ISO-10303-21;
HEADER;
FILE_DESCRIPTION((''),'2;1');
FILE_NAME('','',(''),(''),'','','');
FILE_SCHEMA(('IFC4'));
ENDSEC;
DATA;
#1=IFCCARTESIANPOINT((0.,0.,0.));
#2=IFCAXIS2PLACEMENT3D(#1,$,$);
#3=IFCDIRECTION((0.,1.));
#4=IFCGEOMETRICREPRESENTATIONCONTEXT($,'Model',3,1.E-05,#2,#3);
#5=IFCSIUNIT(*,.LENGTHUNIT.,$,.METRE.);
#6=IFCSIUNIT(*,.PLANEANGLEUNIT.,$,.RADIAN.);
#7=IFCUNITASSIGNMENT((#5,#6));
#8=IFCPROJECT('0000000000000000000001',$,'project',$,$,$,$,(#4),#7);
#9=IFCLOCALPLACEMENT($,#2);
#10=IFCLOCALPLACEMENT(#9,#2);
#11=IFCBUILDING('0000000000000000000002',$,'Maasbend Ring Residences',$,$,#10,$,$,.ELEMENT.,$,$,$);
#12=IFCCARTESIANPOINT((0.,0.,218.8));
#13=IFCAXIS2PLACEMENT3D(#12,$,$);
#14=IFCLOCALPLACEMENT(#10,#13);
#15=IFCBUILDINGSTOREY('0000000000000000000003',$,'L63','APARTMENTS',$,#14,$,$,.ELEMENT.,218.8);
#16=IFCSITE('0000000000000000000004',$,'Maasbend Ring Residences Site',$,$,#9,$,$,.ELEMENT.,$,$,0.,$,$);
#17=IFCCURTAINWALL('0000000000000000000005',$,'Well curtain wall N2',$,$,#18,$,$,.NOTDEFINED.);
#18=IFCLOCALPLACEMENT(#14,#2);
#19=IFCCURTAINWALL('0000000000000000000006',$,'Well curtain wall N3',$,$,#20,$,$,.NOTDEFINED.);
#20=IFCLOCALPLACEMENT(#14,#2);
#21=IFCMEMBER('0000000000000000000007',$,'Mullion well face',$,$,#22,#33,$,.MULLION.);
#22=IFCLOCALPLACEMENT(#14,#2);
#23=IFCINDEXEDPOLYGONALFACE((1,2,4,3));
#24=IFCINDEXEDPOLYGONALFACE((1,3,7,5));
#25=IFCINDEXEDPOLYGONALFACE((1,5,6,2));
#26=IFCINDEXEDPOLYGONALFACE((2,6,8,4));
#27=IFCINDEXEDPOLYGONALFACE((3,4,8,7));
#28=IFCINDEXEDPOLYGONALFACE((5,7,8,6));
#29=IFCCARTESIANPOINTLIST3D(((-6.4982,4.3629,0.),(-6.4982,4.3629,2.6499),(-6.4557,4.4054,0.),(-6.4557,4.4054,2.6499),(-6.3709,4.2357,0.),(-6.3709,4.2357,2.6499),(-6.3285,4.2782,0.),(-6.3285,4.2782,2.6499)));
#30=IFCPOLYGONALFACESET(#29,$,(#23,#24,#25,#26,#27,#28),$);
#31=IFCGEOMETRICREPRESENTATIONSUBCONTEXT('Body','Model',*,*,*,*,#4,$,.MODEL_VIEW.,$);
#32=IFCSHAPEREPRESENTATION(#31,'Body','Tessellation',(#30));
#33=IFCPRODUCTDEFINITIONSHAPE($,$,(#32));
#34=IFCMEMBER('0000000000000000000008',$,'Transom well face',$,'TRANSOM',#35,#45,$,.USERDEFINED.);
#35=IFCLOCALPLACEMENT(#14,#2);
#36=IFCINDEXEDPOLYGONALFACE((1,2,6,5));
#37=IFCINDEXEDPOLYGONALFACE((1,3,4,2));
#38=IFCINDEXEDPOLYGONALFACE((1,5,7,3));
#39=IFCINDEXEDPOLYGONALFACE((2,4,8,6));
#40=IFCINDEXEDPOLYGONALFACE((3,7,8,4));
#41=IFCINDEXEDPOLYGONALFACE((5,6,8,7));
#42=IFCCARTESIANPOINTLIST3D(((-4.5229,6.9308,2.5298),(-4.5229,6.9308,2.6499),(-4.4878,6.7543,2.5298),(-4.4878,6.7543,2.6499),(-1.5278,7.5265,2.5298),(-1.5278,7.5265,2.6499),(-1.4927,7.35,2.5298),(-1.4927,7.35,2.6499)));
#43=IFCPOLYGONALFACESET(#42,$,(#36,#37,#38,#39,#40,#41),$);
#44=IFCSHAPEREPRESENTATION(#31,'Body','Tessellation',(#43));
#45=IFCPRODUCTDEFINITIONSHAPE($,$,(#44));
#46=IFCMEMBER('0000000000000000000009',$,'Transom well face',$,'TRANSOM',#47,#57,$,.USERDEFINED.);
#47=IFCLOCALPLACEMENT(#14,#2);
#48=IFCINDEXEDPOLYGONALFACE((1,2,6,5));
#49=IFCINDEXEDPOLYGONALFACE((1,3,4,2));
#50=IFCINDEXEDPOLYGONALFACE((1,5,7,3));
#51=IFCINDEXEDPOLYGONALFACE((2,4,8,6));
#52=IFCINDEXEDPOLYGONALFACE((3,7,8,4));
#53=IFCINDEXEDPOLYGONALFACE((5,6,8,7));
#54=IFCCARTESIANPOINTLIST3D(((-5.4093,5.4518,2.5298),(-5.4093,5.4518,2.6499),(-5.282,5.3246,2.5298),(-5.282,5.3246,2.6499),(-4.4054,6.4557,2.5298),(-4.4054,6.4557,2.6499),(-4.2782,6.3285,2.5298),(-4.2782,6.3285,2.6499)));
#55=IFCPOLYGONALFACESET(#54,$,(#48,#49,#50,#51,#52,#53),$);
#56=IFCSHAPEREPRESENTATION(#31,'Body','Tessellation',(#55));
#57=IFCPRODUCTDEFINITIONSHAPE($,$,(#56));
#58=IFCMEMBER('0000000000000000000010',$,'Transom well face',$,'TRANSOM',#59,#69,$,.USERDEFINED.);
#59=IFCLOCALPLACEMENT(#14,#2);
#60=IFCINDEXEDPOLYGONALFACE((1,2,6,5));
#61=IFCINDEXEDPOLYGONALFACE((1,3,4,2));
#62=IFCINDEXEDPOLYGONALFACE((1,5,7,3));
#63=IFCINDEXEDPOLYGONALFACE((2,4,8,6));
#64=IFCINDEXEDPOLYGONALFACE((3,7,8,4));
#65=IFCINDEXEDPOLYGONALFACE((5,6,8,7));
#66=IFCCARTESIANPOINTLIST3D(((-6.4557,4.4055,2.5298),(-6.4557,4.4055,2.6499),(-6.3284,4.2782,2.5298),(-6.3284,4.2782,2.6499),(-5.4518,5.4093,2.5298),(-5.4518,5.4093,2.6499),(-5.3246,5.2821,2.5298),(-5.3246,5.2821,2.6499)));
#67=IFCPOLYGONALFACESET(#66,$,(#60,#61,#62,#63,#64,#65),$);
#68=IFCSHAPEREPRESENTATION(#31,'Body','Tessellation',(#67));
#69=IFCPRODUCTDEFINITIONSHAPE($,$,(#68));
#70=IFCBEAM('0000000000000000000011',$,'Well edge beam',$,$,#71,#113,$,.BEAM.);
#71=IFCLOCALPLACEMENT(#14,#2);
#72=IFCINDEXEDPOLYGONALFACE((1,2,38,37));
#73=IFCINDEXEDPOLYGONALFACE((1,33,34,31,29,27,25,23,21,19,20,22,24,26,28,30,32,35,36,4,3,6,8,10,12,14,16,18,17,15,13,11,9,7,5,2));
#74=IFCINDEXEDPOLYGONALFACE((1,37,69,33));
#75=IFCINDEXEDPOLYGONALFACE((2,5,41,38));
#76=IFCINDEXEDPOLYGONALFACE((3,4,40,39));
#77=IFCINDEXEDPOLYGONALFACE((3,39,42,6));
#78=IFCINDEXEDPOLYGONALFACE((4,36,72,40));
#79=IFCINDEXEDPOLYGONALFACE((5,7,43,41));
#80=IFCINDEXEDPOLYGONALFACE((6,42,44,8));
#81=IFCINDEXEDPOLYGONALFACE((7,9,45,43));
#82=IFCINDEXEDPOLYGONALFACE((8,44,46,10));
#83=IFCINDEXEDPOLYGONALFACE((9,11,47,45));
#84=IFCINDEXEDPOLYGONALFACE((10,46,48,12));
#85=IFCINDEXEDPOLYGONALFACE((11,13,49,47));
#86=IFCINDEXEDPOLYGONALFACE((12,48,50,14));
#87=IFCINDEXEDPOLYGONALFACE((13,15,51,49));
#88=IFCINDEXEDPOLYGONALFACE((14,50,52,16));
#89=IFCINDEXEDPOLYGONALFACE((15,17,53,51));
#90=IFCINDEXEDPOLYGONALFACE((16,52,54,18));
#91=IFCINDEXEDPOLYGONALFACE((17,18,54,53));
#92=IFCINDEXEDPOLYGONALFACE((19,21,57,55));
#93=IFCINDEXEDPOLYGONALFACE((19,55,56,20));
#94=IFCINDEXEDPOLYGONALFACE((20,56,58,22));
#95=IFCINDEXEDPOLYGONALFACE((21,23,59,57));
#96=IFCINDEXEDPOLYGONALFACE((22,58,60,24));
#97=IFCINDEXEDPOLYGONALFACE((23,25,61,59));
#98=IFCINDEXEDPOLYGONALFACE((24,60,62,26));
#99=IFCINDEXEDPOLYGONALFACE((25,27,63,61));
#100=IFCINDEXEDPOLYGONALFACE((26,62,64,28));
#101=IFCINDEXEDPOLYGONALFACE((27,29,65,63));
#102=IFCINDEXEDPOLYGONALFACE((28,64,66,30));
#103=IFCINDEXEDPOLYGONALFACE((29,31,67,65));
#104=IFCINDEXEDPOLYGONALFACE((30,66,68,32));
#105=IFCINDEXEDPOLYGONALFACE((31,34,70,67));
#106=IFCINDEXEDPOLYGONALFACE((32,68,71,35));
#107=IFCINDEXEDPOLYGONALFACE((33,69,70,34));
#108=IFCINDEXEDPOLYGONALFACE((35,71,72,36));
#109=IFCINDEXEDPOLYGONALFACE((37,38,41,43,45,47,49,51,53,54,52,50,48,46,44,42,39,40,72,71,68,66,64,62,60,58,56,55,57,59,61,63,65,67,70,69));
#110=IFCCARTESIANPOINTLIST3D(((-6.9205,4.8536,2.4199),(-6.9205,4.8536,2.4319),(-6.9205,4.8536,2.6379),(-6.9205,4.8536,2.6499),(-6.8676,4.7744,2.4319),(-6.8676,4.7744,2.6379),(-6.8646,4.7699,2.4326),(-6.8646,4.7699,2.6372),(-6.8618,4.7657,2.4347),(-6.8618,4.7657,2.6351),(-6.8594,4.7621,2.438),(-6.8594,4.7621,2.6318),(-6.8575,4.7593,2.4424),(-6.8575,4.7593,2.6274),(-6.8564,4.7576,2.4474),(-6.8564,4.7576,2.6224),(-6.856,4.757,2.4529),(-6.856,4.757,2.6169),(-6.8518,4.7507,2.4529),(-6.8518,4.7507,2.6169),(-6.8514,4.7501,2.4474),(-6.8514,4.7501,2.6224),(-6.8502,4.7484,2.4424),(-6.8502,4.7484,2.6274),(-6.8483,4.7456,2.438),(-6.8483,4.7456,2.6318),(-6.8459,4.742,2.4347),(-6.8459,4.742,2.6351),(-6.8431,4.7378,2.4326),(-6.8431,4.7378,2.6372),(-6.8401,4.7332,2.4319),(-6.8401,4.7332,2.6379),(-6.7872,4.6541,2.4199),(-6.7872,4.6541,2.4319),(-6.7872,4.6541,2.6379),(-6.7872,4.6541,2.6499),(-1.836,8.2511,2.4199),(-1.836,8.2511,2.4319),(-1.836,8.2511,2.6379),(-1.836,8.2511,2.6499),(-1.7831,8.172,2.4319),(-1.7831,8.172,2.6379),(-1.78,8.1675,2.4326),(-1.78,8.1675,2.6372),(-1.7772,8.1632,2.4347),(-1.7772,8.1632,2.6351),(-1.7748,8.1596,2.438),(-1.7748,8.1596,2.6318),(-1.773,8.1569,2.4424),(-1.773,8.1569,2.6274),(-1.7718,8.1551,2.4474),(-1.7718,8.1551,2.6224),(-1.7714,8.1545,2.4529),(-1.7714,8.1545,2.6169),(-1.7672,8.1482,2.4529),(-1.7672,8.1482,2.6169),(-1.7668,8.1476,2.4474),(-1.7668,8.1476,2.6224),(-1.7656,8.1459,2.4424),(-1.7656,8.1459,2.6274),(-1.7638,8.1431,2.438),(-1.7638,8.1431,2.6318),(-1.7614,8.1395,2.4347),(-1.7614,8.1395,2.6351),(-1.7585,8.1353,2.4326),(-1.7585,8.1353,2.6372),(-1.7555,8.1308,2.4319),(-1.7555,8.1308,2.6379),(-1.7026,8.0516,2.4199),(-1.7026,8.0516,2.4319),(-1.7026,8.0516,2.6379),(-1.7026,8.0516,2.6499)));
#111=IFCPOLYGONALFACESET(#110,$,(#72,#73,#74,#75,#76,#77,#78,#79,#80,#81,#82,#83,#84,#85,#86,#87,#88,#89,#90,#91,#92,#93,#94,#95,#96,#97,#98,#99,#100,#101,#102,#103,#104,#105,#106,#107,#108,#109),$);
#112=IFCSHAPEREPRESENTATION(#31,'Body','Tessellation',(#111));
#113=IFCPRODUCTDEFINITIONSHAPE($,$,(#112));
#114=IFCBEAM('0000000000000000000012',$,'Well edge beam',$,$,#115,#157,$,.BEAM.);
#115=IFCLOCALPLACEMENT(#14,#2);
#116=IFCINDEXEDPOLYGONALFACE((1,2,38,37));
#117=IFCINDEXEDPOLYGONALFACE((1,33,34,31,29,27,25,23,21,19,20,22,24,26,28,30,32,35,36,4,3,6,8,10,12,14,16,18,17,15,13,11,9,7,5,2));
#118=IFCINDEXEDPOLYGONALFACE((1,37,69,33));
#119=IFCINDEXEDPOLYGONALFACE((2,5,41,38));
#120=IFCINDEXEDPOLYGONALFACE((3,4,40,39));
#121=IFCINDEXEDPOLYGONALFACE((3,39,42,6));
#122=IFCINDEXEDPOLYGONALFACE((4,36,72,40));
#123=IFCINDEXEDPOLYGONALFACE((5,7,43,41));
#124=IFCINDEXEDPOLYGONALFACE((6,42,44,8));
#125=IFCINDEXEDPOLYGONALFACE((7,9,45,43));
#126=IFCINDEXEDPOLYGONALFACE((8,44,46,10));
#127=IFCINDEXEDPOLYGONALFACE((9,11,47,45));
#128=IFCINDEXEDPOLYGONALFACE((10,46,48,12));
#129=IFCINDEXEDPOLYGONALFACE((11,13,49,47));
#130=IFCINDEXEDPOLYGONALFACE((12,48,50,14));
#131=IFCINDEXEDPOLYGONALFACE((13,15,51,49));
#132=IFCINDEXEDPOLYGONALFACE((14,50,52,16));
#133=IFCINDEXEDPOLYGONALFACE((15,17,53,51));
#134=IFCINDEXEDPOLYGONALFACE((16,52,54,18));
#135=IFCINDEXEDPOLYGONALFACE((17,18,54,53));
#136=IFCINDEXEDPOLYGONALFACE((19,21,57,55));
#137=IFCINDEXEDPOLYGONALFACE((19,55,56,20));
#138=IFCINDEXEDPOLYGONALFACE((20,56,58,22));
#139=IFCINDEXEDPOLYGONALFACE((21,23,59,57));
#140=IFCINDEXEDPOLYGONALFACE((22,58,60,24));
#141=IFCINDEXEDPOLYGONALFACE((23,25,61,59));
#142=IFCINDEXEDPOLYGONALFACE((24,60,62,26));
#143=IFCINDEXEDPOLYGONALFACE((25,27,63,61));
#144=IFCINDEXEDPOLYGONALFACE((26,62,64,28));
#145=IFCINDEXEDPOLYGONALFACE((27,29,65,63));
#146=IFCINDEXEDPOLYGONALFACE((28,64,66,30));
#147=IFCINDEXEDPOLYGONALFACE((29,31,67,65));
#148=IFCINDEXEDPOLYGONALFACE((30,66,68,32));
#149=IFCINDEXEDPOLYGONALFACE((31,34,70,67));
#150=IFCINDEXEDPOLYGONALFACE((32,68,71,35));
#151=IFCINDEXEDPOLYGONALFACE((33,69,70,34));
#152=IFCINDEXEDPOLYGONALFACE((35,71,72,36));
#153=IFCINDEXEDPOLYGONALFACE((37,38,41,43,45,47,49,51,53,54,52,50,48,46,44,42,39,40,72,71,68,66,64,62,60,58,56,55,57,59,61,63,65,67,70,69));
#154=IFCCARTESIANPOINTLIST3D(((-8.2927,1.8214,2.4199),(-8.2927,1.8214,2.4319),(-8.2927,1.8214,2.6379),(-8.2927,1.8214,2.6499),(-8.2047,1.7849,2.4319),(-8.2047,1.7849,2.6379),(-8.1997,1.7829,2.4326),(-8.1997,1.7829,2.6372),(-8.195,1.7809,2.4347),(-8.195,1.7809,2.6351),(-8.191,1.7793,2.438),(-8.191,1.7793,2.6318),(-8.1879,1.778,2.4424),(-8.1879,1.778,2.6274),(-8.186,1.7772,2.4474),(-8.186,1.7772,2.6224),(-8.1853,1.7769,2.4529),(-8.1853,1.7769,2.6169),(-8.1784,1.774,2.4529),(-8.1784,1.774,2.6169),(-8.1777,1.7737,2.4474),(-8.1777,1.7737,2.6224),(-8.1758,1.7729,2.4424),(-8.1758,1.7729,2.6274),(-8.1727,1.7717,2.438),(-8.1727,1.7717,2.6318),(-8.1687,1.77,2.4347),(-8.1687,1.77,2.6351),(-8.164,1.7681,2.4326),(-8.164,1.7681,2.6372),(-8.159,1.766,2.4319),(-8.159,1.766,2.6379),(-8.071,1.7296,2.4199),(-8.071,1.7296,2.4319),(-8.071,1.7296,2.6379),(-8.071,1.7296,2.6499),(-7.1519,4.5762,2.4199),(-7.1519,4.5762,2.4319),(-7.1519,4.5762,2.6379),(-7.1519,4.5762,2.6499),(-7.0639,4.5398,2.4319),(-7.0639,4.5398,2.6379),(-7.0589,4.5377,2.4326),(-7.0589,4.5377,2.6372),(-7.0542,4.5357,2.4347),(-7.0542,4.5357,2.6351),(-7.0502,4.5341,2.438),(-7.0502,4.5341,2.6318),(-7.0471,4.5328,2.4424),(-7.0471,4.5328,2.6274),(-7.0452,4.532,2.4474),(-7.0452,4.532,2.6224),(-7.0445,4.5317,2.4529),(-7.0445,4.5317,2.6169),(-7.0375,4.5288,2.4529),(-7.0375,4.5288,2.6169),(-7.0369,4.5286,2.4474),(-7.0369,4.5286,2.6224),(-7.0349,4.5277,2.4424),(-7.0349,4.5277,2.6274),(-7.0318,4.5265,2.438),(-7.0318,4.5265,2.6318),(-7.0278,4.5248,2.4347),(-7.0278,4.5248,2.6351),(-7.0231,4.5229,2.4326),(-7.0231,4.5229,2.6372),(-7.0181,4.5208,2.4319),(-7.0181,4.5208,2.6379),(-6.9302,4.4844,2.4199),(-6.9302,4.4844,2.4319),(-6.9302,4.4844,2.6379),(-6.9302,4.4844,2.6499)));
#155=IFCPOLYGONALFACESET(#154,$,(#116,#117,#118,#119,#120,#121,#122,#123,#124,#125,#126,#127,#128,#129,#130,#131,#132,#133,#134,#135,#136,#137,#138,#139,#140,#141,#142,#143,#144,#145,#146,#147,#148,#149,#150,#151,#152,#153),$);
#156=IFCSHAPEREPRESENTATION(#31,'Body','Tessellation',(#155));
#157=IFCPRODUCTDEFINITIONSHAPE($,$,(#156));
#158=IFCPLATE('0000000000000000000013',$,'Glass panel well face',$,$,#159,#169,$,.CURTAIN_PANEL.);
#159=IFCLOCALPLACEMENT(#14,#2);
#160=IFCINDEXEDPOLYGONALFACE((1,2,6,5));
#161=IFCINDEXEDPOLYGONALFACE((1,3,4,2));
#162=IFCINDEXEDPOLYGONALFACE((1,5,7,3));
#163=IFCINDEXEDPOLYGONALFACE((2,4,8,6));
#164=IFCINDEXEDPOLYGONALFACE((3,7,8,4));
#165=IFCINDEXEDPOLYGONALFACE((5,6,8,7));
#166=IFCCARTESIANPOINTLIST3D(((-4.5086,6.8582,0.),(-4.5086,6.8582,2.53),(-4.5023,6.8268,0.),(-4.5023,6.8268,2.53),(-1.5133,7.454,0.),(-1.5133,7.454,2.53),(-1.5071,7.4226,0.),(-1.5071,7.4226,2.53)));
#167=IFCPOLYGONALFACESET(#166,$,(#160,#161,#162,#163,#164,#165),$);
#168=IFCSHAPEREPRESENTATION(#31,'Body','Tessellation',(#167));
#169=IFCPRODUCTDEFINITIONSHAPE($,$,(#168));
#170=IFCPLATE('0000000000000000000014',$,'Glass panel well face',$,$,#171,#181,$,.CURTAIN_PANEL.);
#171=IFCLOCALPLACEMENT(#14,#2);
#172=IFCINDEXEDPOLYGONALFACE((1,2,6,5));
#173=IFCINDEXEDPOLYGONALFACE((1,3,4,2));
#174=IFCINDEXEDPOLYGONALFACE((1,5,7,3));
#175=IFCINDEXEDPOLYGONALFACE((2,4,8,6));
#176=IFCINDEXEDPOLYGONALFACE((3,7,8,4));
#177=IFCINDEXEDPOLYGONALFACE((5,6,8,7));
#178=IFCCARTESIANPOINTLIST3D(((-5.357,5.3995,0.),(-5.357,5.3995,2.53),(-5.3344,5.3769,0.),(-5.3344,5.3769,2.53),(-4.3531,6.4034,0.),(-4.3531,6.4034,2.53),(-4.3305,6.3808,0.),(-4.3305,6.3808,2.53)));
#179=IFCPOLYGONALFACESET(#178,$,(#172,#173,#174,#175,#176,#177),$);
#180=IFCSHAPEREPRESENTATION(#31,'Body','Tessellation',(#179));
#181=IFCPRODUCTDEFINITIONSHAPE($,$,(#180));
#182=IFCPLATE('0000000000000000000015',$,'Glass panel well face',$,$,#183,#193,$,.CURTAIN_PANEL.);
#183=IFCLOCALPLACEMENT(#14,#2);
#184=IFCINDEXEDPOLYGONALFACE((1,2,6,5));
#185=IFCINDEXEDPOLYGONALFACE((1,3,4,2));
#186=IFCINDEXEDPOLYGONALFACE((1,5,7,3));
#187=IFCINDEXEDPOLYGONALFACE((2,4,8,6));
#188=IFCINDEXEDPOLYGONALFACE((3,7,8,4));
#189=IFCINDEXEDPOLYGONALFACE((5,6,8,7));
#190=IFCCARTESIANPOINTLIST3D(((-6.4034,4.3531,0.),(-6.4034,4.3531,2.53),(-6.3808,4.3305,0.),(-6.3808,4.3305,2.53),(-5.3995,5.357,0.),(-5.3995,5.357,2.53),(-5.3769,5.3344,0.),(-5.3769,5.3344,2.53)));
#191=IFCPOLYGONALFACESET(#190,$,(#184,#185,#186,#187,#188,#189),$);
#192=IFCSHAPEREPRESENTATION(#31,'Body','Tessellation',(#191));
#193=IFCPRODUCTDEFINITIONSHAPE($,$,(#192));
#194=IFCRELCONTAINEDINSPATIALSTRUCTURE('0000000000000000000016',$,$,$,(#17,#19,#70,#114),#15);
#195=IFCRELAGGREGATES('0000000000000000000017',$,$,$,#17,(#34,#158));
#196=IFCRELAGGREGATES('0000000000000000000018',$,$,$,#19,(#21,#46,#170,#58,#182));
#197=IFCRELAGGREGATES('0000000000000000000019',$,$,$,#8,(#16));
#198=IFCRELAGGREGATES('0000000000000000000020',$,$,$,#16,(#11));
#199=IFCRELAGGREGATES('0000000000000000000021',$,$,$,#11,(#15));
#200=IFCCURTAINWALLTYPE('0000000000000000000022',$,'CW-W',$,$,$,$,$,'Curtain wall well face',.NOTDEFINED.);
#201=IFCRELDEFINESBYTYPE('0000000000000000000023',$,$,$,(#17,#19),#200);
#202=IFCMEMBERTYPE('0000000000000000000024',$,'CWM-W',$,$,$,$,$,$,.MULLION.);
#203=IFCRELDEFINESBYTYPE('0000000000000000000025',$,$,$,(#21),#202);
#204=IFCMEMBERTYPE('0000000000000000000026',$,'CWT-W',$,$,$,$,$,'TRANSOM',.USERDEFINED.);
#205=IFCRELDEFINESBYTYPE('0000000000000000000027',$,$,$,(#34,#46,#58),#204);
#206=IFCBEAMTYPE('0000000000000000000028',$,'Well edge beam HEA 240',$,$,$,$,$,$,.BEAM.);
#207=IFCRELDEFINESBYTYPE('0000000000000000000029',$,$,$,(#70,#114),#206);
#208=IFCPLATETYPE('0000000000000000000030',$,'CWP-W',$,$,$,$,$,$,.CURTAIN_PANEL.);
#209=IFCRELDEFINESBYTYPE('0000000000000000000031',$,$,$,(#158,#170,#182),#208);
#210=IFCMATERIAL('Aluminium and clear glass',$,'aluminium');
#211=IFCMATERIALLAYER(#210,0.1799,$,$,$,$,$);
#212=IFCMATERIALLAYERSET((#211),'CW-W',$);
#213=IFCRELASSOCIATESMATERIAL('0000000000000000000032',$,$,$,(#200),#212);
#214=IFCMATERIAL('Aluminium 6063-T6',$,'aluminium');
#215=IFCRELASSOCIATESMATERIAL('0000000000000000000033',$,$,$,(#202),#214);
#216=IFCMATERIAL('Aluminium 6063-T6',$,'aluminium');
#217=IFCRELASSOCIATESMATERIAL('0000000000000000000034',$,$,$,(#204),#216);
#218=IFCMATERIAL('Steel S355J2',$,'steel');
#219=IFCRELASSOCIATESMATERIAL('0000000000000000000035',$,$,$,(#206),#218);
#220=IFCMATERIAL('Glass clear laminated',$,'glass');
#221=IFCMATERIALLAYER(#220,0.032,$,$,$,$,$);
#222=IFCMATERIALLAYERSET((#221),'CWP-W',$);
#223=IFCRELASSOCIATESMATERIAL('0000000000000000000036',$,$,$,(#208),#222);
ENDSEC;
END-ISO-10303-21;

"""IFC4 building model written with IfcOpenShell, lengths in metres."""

from ifc_helpers import new_model, si_unit, direction, frame, origin, origin_2d, place, context, subcontext, project, spatial, rectangle, i_section, extrude, material, layer, layer_set, material_profile, profile_set, type_object, element, aggregate, save


model = new_model("IFC4")

# Units and contexts
model_context = context("Model", 3, precision=1e-05, world=origin(), true_north=direction((0.0, 1.0)))
body_context = subcontext(model_context, "Body", "Model", "MODEL_VIEW")
ifc_project = project(units=[si_unit("LENGTHUNIT", "METRE"), si_unit("PLANEANGLEUNIT", "RADIAN")], contexts=[model_context])

# Site, building, storey
site_placement = place(None, origin())
site = spatial("IfcSite", under=ifc_project, at=site_placement, Name="Maasbend Ring Residences Site", CompositionType="ELEMENT", RefElevation=0.0)
building_placement = place(site_placement, origin())
building = spatial("IfcBuilding", under=site, at=building_placement, Name="Maasbend Ring Residences", CompositionType="ELEMENT")
storey_placement = place(building_placement, frame((0.0, 0.0, 218.8)))
storey = spatial("IfcBuildingStorey", under=building, at=storey_placement, Name="L63", Description="APARTMENTS", CompositionType="ELEMENT", Elevation=218.8)

# Curtain walls, member
ifc_material_1 = material(Name="Aluminium and clear glass", Category="aluminium")
ifc_layer_1 = layer(ifc_material_1, 0.1799)
ifc_layer_set_1 = layer_set([ifc_layer_1], Name="CW-W")
curtain_wall_type = type_object("IfcCurtainWallType", Name="CW-W", ElementType="Curtain wall well face", PredefinedType="NOTDEFINED", material=ifc_layer_set_1)
curtain_wall_1_placement = place(storey_placement, origin())
curtain_wall_1 = element("IfcCurtainWall", 1, at=curtain_wall_1_placement, inside=storey, type_object=curtain_wall_type, Name="Well curtain wall N2", PredefinedType="NOTDEFINED")
ifc_material_2 = material(Name="Aluminium 6063-T6", Category="aluminium")
ifc_material_profile_1 = material_profile(ifc_material_2, rectangle(XDim=0.1799, YDim=0.0601, at=origin_2d()), Name="AL 180x60")
ifc_profile_set_1 = profile_set([ifc_material_profile_1], Name="Aluminium 6063-T6")
member_type_1 = type_object("IfcMemberType", Name="CWM-W", PredefinedType="MULLION", material=ifc_profile_set_1)
curtain_wall_2_placement = place(storey_placement, origin())
curtain_wall_2 = element("IfcCurtainWall", 2, at=curtain_wall_2_placement, inside=storey, type_object=curtain_wall_type, Name="Well curtain wall N3", PredefinedType="NOTDEFINED")
member_1_placement = place(storey_placement, frame((-6.4133, 4.3206, 0.0), z_axis=(0.0, 0.0, 1.0), x_axis=(0.707107, -0.707107, 0.0)))
member_1 = element("IfcMember", 3, at=member_1_placement, type_object=member_type_1, Name="Mullion well face", PredefinedType="MULLION", context=body_context, shape_type="SweptSolid", body=[
    extrude(rectangle(XDim=0.1799, YDim=0.0601, at=origin_2d()), origin(), (0.0, 0.0, 1.0), 2.6499),
])

# Members
ifc_material_3 = material(Name="Aluminium 6063-T6", Category="aluminium")
ifc_material_profile_2 = material_profile(ifc_material_3, rectangle(XDim=0.1799, YDim=0.1201, at=origin_2d()), Name="AL 180x120")
ifc_profile_set_2 = profile_set([ifc_material_profile_2], Name="Aluminium 6063-T6")
member_type_2 = type_object("IfcMemberType", Name="CWT-W", ElementType="TRANSOM", PredefinedType="USERDEFINED", material=ifc_profile_set_2)
member_2_placement = place(storey_placement, frame((-1.5103, 7.4382, 2.5898), z_axis=(-0.980789, -0.195071, 0.0), x_axis=(0.195071, -0.980789, 0.0)))
member_2 = element("IfcMember", 4, at=member_2_placement, type_object=member_type_2, Name="Transom well face", ObjectType="TRANSOM", PredefinedType="USERDEFINED", context=body_context, shape_type="SweptSolid", body=[
    extrude(rectangle(XDim=0.1799, YDim=0.1201, at=origin_2d()), origin(), (0.0, 0.0, 1.0), 3.0537),
])
member_3_placement = place(storey_placement, frame((-4.3418, 6.3921, 2.5898), z_axis=(-0.707107, -0.707107, 0.0), x_axis=(0.707107, -0.707107, 0.0)))
member_3 = element("IfcMember", 5, at=member_3_placement, type_object=member_type_2, Name="Transom well face", ObjectType="TRANSOM", PredefinedType="USERDEFINED", context=body_context, shape_type="SweptSolid", body=[
    extrude(rectangle(XDim=0.1799, YDim=0.1201, at=origin_2d()), origin(), (0.0, 0.0, 1.0), 1.4197),
])
member_4_placement = place(storey_placement, frame((-5.3882, 5.3457, 2.5898), z_axis=(-0.707107, -0.707107, 0.0), x_axis=(0.707107, -0.707107, 0.0)))
member_4 = element("IfcMember", 6, at=member_4_placement, type_object=member_type_2, Name="Transom well face", ObjectType="TRANSOM", PredefinedType="USERDEFINED", context=body_context, shape_type="SweptSolid", body=[
    extrude(rectangle(XDim=0.1799, YDim=0.1201, at=origin_2d()), origin(), (0.0, 0.0, 1.0), 1.4197),
])

# Beams
ifc_material_4 = material(Name="Steel S355J2", Category="steel")
ifc_material_profile_3 = material_profile(ifc_material_4, i_section(OverallWidth=0.24, OverallDepth=0.23, WebThickness=0.0076, FlangeThickness=0.012, FilletRadius=0.021, at=origin_2d()), Name="HEA 240")
ifc_profile_set_3 = profile_set([ifc_material_profile_3], Name="Steel S355J2")
beam_type = type_object("IfcBeamType", Name="Well edge beam HEA 240", PredefinedType="BEAM", material=ifc_profile_set_3)
beam_1_placement = place(storey_placement, frame((-1.7693, 8.1514, 2.5349), z_axis=(-0.83146, -0.555584, 0.0), x_axis=(0.555584, -0.83146, 0.0)))
element("IfcBeam", 7, at=beam_1_placement, inside=storey, type_object=beam_type, Name="Well edge beam", PredefinedType="BEAM", context=body_context, shape_type="SweptSolid", body=[
    extrude(i_section(OverallWidth=0.24, OverallDepth=0.23, WebThickness=0.0076, FlangeThickness=0.012, FilletRadius=0.021, at=origin_2d()), origin(), (0.0, 0.0, 1.0), 6.1152),
])
beam_2_placement = place(storey_placement, frame((-7.041, 4.5303, 2.5349), z_axis=(-0.382615, -0.923908, 0.0), x_axis=(0.923908, -0.382615, 0.0)))
element("IfcBeam", 8, at=beam_2_placement, inside=storey, type_object=beam_type, Name="Well edge beam", PredefinedType="BEAM", context=body_context, shape_type="SweptSolid", body=[
    extrude(i_section(OverallWidth=0.24, OverallDepth=0.23, WebThickness=0.0076, FlangeThickness=0.012, FilletRadius=0.021, at=origin_2d()), origin(), (0.0, 0.0, 1.0), 2.9817),
])

# Plates
ifc_material_5 = material(Name="Glass clear laminated", Category="glass")
ifc_layer_2 = layer(ifc_material_5, 0.032)
ifc_layer_set_2 = layer_set([ifc_layer_2], Name="CWP-W")
plate_type = type_object("IfcPlateType", Name="CWP-W", PredefinedType="CURTAIN_PANEL", material=ifc_layer_set_2)
plate_1_placement = place(storey_placement, frame((-3.0078, 7.1404, 0.0), z_axis=(0.0, 0.0, 1.0), x_axis=(-0.980785, -0.19509, 0.0)))
plate_1 = element("IfcPlate", 9, at=plate_1_placement, type_object=plate_type, Name="Glass panel well face", PredefinedType="CURTAIN_PANEL", context=body_context, shape_type="SweptSolid", body=[
    extrude(rectangle(XDim=3.054, YDim=0.032, at=origin_2d()), origin(), (0.0, 0.0, 1.0), 2.53),
])
aggregate(curtain_wall_1, [member_2, plate_1])
plate_2_placement = place(storey_placement, frame((-4.8438, 5.8901, 0.0), z_axis=(0.0, 0.0, 1.0), x_axis=(-0.707107, -0.707107, 0.0)))
plate_2 = element("IfcPlate", 10, at=plate_2_placement, type_object=plate_type, Name="Glass panel well face", PredefinedType="CURTAIN_PANEL", context=body_context, shape_type="SweptSolid", body=[
    extrude(rectangle(XDim=1.4197, YDim=0.032, at=origin_2d()), origin(), (0.0, 0.0, 1.0), 2.53),
])
plate_3_placement = place(storey_placement, frame((-5.8901, 4.8438, 0.0), z_axis=(0.0, 0.0, 1.0), x_axis=(-0.707107, -0.707107, 0.0)))
plate_3 = element("IfcPlate", 11, at=plate_3_placement, type_object=plate_type, Name="Glass panel well face", PredefinedType="CURTAIN_PANEL", context=body_context, shape_type="SweptSolid", body=[
    extrude(rectangle(XDim=1.4197, YDim=0.032, at=origin_2d()), origin(), (0.0, 0.0, 1.0), 2.53),
])
aggregate(curtain_wall_2, [member_1, member_3, plate_2, member_4, plate_3])

save(model, "model.ifc")
